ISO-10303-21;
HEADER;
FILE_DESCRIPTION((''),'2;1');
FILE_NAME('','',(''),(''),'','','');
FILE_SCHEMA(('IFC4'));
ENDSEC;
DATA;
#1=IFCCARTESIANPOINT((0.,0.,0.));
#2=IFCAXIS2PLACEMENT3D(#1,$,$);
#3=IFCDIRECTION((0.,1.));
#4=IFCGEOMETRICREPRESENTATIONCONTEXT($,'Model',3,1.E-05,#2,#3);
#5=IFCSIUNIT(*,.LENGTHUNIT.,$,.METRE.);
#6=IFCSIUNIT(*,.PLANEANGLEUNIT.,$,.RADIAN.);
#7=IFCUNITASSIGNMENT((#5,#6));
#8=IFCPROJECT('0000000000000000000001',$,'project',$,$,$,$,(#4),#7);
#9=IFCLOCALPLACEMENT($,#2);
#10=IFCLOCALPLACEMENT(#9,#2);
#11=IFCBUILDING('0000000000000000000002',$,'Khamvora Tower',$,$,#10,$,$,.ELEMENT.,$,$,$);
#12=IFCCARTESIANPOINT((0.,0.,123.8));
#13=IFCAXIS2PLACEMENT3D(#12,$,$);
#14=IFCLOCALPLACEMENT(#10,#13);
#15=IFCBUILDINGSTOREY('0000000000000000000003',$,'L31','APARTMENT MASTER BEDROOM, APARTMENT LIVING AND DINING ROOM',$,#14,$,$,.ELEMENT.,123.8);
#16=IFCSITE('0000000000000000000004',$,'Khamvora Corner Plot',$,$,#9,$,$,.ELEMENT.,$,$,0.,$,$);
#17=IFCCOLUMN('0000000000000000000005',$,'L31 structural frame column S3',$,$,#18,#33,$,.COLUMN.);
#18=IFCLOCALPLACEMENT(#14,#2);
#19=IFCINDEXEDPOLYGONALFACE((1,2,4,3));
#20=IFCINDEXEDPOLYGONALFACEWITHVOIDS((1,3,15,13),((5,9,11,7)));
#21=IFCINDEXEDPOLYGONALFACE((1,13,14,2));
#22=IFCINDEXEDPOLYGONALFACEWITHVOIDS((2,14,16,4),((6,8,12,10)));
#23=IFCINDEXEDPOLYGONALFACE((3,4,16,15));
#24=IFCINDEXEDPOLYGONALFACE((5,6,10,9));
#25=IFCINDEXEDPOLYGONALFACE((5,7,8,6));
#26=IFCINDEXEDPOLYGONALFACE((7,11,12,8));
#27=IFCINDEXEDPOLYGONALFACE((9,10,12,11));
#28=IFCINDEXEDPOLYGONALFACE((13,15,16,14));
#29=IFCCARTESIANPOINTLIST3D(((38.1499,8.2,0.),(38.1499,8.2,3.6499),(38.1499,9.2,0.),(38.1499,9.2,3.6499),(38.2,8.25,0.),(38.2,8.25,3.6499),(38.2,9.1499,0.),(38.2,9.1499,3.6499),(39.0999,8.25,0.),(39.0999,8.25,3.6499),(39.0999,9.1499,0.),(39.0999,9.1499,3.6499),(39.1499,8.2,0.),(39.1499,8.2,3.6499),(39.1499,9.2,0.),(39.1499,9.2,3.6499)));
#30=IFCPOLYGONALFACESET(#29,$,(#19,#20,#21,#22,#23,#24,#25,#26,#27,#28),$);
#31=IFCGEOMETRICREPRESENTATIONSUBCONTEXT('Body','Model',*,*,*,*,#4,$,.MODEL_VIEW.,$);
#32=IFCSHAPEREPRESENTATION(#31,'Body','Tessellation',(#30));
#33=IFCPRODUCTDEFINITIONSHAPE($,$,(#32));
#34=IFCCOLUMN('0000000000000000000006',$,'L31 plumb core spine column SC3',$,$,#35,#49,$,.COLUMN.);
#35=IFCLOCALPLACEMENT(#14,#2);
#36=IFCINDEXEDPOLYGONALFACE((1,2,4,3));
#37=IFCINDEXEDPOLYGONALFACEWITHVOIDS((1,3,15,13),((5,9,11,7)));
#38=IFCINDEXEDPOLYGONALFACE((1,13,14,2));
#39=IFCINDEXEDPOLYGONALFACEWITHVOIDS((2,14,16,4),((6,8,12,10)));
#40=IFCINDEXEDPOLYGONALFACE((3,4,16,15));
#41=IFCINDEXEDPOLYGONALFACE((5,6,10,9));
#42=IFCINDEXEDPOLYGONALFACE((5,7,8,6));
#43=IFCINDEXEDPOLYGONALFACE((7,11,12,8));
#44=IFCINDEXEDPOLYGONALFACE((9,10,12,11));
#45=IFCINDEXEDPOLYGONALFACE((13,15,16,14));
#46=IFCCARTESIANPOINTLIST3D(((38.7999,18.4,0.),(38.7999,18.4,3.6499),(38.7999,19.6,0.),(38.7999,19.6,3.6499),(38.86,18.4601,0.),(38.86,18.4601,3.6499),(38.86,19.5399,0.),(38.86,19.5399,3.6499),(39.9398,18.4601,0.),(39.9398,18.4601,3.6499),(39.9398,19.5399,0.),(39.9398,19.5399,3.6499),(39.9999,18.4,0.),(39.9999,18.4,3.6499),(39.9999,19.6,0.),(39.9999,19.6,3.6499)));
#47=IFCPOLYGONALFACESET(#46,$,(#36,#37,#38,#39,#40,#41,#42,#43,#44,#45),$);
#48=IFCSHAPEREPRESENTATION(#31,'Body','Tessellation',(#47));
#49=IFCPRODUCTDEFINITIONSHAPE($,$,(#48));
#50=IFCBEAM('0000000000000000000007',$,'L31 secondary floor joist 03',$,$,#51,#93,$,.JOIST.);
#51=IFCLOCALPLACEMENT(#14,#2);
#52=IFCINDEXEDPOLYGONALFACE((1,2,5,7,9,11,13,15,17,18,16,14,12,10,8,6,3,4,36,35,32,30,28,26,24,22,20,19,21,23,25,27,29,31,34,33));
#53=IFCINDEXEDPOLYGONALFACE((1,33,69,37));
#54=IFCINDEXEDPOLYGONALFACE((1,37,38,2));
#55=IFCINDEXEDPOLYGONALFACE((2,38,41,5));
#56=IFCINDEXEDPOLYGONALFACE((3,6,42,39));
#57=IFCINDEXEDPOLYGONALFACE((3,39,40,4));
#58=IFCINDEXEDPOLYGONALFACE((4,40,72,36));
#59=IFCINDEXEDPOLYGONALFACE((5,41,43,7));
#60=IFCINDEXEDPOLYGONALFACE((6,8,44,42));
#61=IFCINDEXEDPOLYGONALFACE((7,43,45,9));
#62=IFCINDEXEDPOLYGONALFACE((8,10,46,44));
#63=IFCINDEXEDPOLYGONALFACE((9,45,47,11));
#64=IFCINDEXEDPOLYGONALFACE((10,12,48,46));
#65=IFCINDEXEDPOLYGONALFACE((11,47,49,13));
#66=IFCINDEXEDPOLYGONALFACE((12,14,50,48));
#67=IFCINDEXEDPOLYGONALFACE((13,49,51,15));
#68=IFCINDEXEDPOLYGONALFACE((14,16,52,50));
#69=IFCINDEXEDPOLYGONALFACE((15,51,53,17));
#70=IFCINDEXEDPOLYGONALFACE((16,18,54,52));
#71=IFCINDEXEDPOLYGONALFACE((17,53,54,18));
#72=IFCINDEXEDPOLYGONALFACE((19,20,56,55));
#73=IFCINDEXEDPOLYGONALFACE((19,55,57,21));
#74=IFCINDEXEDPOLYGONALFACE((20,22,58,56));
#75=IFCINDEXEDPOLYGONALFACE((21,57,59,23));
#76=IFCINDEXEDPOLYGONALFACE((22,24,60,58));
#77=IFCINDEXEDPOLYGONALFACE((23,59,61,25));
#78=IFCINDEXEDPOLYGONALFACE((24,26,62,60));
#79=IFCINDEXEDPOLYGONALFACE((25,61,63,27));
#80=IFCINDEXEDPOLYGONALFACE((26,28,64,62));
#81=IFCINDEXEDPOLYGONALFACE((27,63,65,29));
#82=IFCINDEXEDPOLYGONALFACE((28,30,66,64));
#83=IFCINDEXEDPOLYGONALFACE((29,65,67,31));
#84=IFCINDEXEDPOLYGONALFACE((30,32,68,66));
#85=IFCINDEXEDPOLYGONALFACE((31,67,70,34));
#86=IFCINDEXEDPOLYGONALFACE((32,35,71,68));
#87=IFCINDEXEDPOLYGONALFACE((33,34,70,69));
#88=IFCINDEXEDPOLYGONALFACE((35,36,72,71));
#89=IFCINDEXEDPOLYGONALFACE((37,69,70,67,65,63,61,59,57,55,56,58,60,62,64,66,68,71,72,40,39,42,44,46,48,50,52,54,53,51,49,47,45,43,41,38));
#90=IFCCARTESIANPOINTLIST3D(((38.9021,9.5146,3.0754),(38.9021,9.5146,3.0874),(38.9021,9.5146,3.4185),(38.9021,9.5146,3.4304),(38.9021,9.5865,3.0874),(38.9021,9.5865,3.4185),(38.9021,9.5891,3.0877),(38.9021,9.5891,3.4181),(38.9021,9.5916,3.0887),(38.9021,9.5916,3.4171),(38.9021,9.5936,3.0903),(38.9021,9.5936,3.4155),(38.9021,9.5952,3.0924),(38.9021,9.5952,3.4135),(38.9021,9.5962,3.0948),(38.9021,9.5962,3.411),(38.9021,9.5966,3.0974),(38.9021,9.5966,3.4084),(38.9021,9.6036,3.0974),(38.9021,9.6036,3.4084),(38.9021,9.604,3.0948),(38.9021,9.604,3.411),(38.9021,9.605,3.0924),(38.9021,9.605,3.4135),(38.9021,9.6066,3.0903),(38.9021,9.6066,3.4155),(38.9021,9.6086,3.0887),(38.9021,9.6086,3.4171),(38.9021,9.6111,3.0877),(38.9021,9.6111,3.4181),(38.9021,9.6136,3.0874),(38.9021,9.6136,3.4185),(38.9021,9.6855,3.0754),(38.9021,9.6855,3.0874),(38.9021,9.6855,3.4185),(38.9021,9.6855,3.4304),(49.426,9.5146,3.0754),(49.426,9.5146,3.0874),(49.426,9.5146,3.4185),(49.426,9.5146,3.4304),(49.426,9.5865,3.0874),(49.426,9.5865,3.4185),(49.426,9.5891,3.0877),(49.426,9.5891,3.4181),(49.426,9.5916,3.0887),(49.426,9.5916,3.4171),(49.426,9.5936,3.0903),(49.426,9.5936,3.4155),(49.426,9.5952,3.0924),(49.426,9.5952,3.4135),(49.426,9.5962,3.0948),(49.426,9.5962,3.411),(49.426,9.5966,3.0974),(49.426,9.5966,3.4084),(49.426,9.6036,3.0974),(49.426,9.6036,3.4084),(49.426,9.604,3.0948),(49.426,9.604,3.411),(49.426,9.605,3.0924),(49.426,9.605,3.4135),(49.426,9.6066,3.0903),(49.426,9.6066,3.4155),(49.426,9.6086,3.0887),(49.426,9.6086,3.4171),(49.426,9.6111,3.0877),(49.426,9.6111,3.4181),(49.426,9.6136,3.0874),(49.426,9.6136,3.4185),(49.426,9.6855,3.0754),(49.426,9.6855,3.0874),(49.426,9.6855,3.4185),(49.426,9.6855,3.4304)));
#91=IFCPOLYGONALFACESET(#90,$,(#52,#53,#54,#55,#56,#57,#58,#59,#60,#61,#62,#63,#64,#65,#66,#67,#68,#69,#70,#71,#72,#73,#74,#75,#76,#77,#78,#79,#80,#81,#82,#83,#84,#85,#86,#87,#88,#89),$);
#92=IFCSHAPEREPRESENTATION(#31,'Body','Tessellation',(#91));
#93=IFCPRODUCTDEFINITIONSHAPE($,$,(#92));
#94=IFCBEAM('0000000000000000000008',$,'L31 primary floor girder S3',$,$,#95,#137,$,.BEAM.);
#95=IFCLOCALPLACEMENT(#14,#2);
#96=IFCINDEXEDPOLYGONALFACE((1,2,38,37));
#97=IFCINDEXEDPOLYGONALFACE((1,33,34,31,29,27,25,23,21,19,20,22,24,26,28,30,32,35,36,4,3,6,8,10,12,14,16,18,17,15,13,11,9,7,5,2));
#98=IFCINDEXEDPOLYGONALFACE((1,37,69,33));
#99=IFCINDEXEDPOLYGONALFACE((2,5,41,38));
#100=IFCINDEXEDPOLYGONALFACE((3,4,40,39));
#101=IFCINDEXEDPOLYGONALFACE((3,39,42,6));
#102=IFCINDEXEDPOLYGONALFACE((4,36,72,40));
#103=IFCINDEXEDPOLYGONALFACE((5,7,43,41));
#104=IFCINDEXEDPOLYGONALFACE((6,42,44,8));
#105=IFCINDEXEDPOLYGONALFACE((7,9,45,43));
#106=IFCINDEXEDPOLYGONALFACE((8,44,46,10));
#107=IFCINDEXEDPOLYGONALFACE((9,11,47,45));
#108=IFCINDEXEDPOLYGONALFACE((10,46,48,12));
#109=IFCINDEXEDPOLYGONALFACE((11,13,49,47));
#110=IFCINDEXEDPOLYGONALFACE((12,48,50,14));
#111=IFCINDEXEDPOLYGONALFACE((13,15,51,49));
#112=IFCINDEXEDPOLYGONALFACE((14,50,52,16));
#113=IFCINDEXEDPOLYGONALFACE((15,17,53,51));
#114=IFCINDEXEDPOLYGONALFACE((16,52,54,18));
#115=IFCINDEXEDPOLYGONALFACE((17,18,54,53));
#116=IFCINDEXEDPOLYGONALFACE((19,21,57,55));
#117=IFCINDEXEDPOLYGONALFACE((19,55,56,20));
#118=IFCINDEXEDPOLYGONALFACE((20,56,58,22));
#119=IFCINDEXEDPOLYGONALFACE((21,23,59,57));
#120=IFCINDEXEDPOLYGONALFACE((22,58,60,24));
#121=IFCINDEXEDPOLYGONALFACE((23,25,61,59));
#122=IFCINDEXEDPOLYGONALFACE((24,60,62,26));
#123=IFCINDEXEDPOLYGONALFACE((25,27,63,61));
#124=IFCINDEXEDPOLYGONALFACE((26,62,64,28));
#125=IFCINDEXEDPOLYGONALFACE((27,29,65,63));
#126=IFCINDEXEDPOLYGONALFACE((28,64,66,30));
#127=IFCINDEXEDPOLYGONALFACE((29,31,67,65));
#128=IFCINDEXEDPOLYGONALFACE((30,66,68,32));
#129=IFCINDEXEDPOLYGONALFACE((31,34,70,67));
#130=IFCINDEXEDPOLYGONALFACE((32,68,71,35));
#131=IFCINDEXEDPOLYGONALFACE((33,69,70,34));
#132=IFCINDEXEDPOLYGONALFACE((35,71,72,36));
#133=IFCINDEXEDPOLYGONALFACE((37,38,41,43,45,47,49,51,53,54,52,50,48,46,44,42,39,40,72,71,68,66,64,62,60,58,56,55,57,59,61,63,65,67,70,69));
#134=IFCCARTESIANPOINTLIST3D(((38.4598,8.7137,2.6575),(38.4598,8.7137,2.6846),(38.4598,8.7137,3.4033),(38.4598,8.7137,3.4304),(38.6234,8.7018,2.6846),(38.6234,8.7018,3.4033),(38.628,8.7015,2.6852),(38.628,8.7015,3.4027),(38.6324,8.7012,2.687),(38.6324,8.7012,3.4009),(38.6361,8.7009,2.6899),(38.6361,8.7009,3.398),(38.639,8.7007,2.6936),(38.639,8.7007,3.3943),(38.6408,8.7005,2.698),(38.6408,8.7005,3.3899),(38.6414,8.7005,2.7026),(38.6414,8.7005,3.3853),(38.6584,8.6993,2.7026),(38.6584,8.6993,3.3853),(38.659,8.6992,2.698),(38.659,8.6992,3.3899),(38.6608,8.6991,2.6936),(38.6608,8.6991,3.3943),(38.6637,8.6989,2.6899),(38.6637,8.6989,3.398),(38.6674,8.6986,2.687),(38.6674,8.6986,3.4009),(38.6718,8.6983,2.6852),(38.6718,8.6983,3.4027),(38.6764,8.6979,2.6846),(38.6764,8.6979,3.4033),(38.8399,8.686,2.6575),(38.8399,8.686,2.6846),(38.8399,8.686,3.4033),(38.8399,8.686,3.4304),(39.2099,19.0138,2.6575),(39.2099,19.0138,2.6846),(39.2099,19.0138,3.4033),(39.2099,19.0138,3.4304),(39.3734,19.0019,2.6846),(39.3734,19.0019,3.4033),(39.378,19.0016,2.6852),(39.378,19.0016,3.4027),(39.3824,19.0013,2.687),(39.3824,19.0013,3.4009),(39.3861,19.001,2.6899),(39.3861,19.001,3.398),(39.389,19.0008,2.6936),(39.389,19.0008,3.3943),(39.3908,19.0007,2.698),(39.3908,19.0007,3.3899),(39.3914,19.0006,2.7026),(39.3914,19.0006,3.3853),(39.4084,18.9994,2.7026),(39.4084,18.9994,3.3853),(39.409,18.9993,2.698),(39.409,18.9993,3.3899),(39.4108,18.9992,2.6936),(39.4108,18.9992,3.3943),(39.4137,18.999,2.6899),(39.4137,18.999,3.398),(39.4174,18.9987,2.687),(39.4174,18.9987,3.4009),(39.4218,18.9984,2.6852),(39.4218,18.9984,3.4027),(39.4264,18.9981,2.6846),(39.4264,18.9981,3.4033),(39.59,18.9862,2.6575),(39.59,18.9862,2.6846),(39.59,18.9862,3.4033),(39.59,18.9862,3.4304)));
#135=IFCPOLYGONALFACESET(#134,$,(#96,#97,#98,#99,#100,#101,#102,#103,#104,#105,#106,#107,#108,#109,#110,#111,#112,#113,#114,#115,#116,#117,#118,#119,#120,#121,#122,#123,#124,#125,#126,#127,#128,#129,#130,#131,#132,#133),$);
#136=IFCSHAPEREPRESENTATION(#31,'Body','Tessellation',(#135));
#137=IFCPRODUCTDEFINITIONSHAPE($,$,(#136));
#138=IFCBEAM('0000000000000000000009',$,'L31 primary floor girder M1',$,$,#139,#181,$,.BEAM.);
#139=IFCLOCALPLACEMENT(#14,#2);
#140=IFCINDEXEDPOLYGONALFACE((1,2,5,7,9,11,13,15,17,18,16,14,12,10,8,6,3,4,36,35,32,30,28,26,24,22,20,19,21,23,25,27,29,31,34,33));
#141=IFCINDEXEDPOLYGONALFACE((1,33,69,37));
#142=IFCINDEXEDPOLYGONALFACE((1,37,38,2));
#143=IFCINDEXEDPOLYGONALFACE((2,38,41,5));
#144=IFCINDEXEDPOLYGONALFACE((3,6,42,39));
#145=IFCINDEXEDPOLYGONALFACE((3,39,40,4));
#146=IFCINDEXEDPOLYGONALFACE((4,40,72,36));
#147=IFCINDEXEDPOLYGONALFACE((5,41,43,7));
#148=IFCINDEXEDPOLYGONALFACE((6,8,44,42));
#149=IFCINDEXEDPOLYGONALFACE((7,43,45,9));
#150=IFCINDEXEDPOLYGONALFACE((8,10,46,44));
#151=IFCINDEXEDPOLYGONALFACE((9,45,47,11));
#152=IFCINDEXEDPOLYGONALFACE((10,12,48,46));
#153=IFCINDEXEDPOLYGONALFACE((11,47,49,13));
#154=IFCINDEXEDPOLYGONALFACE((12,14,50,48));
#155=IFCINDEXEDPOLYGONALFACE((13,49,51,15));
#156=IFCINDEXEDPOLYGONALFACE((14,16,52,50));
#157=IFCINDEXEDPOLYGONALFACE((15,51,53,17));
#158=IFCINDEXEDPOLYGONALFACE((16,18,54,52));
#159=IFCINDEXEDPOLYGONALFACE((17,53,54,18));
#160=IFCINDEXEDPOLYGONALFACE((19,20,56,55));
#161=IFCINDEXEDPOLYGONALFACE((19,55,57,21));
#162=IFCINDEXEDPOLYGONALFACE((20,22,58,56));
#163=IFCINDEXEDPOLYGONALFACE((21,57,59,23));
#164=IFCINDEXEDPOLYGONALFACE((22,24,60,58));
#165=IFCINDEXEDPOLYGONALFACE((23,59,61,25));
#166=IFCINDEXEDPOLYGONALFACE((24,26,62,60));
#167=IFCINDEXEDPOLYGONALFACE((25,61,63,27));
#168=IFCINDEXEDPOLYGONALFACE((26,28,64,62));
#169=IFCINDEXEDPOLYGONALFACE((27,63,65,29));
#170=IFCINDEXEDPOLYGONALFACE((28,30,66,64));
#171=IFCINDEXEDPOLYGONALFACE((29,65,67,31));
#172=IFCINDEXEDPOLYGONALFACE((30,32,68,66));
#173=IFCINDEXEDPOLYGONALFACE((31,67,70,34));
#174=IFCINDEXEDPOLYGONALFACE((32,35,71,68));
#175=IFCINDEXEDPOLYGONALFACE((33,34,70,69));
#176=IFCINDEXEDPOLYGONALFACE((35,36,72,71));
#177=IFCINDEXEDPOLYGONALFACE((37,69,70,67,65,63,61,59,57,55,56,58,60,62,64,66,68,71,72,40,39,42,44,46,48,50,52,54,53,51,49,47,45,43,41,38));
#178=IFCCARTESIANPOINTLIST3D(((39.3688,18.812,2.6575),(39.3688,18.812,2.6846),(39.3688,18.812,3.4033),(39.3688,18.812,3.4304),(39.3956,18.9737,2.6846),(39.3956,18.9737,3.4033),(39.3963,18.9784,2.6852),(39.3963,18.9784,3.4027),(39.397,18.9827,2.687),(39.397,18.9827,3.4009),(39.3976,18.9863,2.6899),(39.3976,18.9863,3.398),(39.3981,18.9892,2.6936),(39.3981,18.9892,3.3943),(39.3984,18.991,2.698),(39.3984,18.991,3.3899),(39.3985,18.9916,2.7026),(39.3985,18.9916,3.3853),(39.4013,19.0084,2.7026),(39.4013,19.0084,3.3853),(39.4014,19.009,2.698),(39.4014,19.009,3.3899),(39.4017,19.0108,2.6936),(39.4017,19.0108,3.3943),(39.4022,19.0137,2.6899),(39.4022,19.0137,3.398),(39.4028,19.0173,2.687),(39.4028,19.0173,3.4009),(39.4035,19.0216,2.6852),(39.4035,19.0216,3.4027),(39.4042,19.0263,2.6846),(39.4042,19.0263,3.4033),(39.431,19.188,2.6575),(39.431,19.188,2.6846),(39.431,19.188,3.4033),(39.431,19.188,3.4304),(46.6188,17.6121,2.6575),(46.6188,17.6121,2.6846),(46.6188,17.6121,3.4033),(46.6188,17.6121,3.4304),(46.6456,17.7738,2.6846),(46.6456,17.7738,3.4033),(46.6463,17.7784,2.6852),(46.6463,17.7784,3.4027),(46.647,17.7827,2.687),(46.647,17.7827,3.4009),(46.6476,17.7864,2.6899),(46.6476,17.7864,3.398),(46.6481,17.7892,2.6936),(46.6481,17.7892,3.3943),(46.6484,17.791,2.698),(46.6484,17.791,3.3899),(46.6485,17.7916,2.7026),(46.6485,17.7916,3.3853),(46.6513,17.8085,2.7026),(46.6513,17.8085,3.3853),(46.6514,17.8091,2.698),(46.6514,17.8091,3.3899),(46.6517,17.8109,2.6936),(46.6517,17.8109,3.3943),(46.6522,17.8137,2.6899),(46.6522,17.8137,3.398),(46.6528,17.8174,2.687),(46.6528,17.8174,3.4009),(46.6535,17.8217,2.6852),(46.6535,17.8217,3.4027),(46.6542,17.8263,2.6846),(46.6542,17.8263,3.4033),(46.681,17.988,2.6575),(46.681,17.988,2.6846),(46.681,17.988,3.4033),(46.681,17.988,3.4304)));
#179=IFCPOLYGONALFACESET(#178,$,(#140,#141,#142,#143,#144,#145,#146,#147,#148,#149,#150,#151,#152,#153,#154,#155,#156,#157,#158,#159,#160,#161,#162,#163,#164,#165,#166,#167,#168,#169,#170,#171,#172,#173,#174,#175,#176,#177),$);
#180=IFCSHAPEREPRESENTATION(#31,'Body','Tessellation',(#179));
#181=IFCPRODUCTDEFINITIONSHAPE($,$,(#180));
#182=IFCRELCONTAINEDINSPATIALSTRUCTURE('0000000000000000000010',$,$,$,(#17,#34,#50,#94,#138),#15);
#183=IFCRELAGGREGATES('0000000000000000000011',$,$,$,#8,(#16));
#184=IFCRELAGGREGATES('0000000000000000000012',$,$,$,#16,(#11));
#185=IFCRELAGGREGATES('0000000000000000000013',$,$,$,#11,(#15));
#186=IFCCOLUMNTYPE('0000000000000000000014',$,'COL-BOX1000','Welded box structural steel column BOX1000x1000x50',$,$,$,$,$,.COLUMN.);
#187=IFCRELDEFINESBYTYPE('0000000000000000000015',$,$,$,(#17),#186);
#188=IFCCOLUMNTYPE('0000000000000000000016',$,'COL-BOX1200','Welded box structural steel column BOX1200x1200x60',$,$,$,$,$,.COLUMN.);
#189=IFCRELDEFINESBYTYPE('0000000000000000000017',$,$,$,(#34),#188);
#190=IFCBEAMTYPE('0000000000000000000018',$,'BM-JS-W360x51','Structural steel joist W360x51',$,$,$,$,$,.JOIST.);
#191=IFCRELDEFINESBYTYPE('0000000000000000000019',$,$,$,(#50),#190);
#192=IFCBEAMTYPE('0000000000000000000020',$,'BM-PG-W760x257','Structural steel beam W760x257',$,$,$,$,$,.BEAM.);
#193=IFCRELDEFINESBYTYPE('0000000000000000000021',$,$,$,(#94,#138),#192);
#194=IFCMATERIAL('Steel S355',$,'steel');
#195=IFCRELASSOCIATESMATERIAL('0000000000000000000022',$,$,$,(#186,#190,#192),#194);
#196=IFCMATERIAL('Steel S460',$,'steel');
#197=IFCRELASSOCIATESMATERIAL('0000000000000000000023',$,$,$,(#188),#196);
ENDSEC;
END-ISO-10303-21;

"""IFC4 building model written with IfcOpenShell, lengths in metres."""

from ifc_helpers import new_model, si_unit, direction, frame, origin, origin_2d, place, context, subcontext, project, spatial, hollow_rectangle, i_section, extrude, material, material_profile, profile_set, type_object, element, save


model = new_model("IFC4")

# Units and contexts
model_context = context("Model", 3, precision=1e-05, world=origin(), true_north=direction((0.0, 1.0)))
body_context = subcontext(model_context, "Body", "Model", "MODEL_VIEW")
ifc_project = project(units=[si_unit("LENGTHUNIT", "METRE"), si_unit("PLANEANGLEUNIT", "RADIAN")], contexts=[model_context])

# Site, building, storey
site_placement = place(None, origin())
site = spatial("IfcSite", under=ifc_project, at=site_placement, Name="Khamvora Corner Plot", CompositionType="ELEMENT", RefElevation=0.0)
building_placement = place(site_placement, origin())
building = spatial("IfcBuilding", under=site, at=building_placement, Name="Khamvora Tower", CompositionType="ELEMENT")
storey_placement = place(building_placement, frame((0.0, 0.0, 123.8)))
storey = spatial("IfcBuildingStorey", under=building, at=storey_placement, Name="L31", Description="APARTMENT MASTER BEDROOM, APARTMENT LIVING AND DINING ROOM", CompositionType="ELEMENT", Elevation=123.8)

# Columns
ifc_material_1 = material(Name="Steel S355", Category="steel")
ifc_material_profile_1 = material_profile(ifc_material_1, hollow_rectangle(XDim=1.0, YDim=1.0, WallThickness=0.05, at=origin_2d()), Name="BOX1000x1000x50")
ifc_profile_set_1 = profile_set([ifc_material_profile_1], Name="Steel S355")
column_type_1 = type_object("IfcColumnType", Name="COL-BOX1000", Description="Welded box structural steel column BOX1000x1000x50", PredefinedType="COLUMN", material=ifc_profile_set_1)
column_1_placement = place(storey_placement, frame((38.6499, 8.7, 0.0), z_axis=(0.0, 0.0, 1.0), x_axis=(1.0, 0.0, 0.0)))
element("IfcColumn", 1, at=column_1_placement, inside=storey, type_object=column_type_1, Name="L31 structural frame column S3", PredefinedType="COLUMN", context=body_context, shape_type="SweptSolid", body=[
    extrude(hollow_rectangle(XDim=1.0, YDim=1.0, WallThickness=0.05, at=origin_2d()), origin(), (0.0, 0.0, 1.0), 3.6499),
])
ifc_material_2 = material(Name="Steel S460", Category="steel")
ifc_material_profile_2 = material_profile(ifc_material_2, hollow_rectangle(XDim=1.2, YDim=1.2, WallThickness=0.0601, at=origin_2d()), Name="BOX1200x1200x60")
ifc_profile_set_2 = profile_set([ifc_material_profile_2], Name="Steel S460")
column_type_2 = type_object("IfcColumnType", Name="COL-BOX1200", Description="Welded box structural steel column BOX1200x1200x60", PredefinedType="COLUMN", material=ifc_profile_set_2)
column_2_placement = place(storey_placement, frame((39.3999, 19.0, 0.0), z_axis=(0.0, 0.0, 1.0), x_axis=(1.0, 0.0, 0.0)))
element("IfcColumn", 2, at=column_2_placement, inside=storey, type_object=column_type_2, Name="L31 plumb core spine column SC3", PredefinedType="COLUMN", context=body_context, shape_type="SweptSolid", body=[
    extrude(hollow_rectangle(XDim=1.2, YDim=1.2, WallThickness=0.0601, at=origin_2d()), origin(), (0.0, 0.0, 1.0), 3.6499),
])

# Beams
ifc_material_profile_3 = material_profile(ifc_material_1, i_section(OverallWidth=0.1709, OverallDepth=0.355, WebThickness=0.0071, FlangeThickness=0.012, FilletRadius=0.01, at=origin_2d()), Name="W360x51")
ifc_profile_set_3 = profile_set([ifc_material_profile_3], Name="Steel S355")
beam_type_1 = type_object("IfcBeamType", Name="BM-JS-W360x51", Description="Structural steel joist W360x51", PredefinedType="JOIST", material=ifc_profile_set_3)
beam_1_placement = place(storey_placement, frame((38.9021, 9.6001, 3.2529), z_axis=(1.0, 0.0, 0.0), x_axis=(0.0, 1.0, 0.0)))
element("IfcBeam", 3, at=beam_1_placement, inside=storey, type_object=beam_type_1, Name="L31 secondary floor joist 03", PredefinedType="JOIST", context=body_context, shape_type="SweptSolid", body=[
    extrude(i_section(OverallWidth=0.1709, OverallDepth=0.355, WebThickness=0.0071, FlangeThickness=0.012, FilletRadius=0.01, at=origin_2d()), origin(), (0.0, 0.0, 1.0), 10.5239),
])
ifc_material_profile_4 = material_profile(ifc_material_1, i_section(OverallWidth=0.3811, OverallDepth=0.7729, WebThickness=0.0171, FlangeThickness=0.0271, FilletRadius=0.0181, at=origin_2d()), Name="W760x257")
ifc_profile_set_4 = profile_set([ifc_material_profile_4], Name="Steel S355")
beam_type_2 = type_object("IfcBeamType", Name="BM-PG-W760x257", Description="Structural steel beam W760x257", PredefinedType="BEAM", material=ifc_profile_set_4)
beam_2_placement = place(storey_placement, frame((39.3999, 19.0, 3.0439), z_axis=(-0.072623, -0.997359, 0.0), x_axis=(0.997359, -0.072623, 0.0)))
element("IfcBeam", 4, at=beam_2_placement, inside=storey, type_object=beam_type_2, Name="L31 primary floor girder S3", PredefinedType="BEAM", context=body_context, shape_type="SweptSolid", body=[
    extrude(i_section(OverallWidth=0.3811, OverallDepth=0.7729, WebThickness=0.0171, FlangeThickness=0.0271, FilletRadius=0.0181, at=origin_2d()), origin(), (0.0, 0.0, 1.0), 10.3274),
])
beam_3_placement = place(storey_placement, frame((39.3999, 19.0, 3.0439), z_axis=(0.986578, -0.163289, 0.0), x_axis=(0.163289, 0.986578, 0.0)))
element("IfcBeam", 5, at=beam_3_placement, inside=storey, type_object=beam_type_2, Name="L31 primary floor girder M1", PredefinedType="BEAM", context=body_context, shape_type="SweptSolid", body=[
    extrude(i_section(OverallWidth=0.3811, OverallDepth=0.7729, WebThickness=0.0171, FlangeThickness=0.0271, FilletRadius=0.0181, at=origin_2d()), origin(), (0.0, 0.0, 1.0), 7.3486),
])

save(model, "model.ifc")
